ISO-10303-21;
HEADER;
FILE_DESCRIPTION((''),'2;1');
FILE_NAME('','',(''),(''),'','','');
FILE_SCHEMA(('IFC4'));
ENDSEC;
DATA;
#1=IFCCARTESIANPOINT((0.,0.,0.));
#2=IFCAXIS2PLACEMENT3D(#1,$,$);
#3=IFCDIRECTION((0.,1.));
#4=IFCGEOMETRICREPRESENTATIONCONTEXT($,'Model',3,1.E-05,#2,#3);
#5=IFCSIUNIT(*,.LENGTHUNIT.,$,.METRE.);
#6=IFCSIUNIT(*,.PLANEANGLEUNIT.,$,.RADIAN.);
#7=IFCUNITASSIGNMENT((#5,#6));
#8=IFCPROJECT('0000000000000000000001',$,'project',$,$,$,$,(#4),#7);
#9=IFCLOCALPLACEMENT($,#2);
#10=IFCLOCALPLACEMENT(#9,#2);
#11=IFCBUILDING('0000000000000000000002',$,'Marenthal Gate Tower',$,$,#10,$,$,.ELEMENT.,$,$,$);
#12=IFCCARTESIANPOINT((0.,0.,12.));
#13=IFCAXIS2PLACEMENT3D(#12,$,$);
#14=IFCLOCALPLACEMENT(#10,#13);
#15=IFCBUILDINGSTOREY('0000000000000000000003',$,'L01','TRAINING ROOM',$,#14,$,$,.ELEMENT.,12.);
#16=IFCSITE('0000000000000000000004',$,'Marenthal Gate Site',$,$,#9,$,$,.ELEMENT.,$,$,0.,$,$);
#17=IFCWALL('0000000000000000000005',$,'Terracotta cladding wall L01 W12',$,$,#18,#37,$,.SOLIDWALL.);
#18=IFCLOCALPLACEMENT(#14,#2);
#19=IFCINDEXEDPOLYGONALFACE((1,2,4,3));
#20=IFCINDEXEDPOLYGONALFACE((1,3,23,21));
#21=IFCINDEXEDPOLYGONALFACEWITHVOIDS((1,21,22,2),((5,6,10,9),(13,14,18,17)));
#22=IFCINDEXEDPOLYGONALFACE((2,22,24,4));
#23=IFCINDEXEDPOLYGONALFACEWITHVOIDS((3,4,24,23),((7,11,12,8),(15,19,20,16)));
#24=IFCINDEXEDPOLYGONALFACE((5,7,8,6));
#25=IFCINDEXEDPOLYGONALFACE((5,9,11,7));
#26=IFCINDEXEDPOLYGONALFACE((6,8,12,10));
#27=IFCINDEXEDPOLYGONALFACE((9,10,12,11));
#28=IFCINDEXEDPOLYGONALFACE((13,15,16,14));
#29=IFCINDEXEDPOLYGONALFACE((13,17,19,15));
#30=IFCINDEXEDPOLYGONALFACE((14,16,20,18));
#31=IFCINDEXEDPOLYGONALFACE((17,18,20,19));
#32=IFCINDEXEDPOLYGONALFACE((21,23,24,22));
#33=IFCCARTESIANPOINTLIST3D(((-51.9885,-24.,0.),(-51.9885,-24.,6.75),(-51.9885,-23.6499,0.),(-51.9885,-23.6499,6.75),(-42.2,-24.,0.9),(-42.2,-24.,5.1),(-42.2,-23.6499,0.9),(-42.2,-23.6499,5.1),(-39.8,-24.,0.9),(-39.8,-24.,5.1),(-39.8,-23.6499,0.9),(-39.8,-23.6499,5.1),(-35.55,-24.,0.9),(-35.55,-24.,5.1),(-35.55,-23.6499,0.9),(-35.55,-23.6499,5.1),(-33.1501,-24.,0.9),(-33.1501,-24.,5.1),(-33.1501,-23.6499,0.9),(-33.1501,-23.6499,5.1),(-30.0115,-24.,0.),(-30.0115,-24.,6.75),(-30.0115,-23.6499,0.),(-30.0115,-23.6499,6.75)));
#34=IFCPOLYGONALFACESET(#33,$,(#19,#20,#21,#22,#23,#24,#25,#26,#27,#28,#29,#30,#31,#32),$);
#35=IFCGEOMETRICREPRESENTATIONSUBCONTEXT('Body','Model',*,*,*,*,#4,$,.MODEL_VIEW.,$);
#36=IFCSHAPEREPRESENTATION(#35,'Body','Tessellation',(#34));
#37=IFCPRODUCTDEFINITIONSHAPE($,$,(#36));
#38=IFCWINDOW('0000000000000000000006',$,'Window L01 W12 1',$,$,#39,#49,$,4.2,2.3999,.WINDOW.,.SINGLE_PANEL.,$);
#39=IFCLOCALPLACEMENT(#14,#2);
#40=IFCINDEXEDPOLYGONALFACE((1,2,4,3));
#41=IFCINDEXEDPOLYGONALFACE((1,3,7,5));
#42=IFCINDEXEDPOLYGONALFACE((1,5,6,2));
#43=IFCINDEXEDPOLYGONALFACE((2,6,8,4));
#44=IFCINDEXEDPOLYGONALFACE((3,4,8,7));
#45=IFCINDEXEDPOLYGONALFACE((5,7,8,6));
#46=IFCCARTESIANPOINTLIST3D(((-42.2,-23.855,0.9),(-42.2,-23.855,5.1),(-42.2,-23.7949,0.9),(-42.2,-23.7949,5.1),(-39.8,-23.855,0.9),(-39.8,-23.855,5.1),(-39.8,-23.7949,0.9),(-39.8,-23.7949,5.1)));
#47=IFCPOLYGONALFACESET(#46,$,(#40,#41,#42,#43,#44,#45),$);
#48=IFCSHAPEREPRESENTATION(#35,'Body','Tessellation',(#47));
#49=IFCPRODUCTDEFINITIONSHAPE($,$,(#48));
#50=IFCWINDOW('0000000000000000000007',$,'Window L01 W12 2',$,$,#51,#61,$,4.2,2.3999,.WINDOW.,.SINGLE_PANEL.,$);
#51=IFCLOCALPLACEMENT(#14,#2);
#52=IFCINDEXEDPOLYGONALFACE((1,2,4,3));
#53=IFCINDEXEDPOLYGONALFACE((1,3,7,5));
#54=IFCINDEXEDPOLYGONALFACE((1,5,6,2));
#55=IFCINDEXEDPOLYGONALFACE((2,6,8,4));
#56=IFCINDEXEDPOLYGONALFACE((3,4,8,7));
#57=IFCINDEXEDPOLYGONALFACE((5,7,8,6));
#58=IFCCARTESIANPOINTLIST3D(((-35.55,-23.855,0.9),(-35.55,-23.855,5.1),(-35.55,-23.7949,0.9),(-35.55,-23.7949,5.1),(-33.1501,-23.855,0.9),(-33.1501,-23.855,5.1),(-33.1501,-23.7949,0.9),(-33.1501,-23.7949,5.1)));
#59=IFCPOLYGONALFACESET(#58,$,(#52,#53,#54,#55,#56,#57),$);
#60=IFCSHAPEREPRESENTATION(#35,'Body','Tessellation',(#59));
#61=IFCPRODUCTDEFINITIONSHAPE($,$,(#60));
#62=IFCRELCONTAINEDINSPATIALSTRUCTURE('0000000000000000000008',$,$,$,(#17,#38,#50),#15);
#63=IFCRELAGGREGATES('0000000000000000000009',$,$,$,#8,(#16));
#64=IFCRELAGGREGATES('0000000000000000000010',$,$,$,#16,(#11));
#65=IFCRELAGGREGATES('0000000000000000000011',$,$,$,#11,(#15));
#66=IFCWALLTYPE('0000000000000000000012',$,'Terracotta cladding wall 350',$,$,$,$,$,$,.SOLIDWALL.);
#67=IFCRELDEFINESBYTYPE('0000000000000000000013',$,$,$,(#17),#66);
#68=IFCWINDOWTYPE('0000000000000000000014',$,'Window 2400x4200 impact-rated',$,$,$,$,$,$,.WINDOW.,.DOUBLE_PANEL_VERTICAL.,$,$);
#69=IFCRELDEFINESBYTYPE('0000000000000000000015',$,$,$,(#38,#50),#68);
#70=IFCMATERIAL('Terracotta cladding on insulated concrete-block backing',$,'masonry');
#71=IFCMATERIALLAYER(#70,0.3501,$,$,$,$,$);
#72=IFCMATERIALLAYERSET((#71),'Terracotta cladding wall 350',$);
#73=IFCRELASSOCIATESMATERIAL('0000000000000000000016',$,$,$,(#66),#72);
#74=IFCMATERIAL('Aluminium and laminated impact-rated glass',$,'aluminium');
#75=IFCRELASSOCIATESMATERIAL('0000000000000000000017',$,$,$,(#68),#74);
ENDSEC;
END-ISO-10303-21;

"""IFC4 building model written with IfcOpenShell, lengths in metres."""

from ifc_helpers import new_model, si_unit, direction, frame, frame_2d, origin, place, context, subcontext, project, spatial, rectangle, extrude, material, layer, layer_set, type_object, element, fill, save


model = new_model("IFC4")

# Units and contexts
model_context = context("Model", 3, precision=1e-05, world=origin(), true_north=direction((0.0, 1.0)))
body_context = subcontext(model_context, "Body", "Model", "MODEL_VIEW")
ifc_project = project(units=[si_unit("LENGTHUNIT", "METRE"), si_unit("PLANEANGLEUNIT", "RADIAN")], contexts=[model_context])

# Site, building, storey
site_placement = place(None, origin())
site = spatial("IfcSite", under=ifc_project, at=site_placement, Name="Marenthal Gate Site", CompositionType="ELEMENT", RefElevation=0.0)
building_placement = place(site_placement, origin())
building = spatial("IfcBuilding", under=site, at=building_placement, Name="Marenthal Gate Tower", CompositionType="ELEMENT")
storey_placement = place(building_placement, frame((0.0, 0.0, 12.0)))
storey = spatial("IfcBuildingStorey", under=building, at=storey_placement, Name="L01", Description="TRAINING ROOM", CompositionType="ELEMENT", Elevation=12.0)

# Shared definitions
ifc_material_1 = material(Name="Terracotta cladding on insulated concrete-block backing", Category="masonry")
ifc_layer_1 = layer(ifc_material_1, 0.3501)
ifc_layer_set_1 = layer_set([ifc_layer_1], Name="Terracotta cladding wall 350")
wall_type_1 = type_object("IfcWallType", Name="Terracotta cladding wall 350", PredefinedType="SOLIDWALL", material=ifc_layer_set_1)

# Wall, openings, windows
wall_1_placement = place(storey_placement, frame((-51.9885, -23.825, 0.0), z_axis=(0.0, 0.0, 1.0), x_axis=(1.0, 0.0, 0.0)))
wall_1 = element("IfcWall", 1, at=wall_1_placement, inside=storey, type_object=wall_type_1, Name="Terracotta cladding wall L01 W12", PredefinedType="SOLIDWALL", context=body_context, shape_type="SweptSolid", body=[
    extrude(rectangle(XDim=21.9771, YDim=0.3501, at=frame_2d((10.9885, 0.0))), origin(), (0.0, 0.0, 1.0), 6.75),
])
opening_1_placement = place(wall_1_placement, frame((9.7886, 0.0, 0.8999)))
opening_1 = element("IfcOpeningElement", 2, at=opening_1_placement, cuts=wall_1, PredefinedType="OPENING", context=body_context, shape_type="SweptSolid", body=[
    extrude(rectangle(XDim=2.3999, YDim=4.2, at=frame_2d((1.2, 2.1001))), frame((0.0, 0.1851, 0.0), z_axis=(0.0, -1.0, 0.0), x_axis=(1.0, 0.0, 0.0)), (0.0, 0.0, 1.0), 0.3701),
])
opening_2_placement = place(wall_1_placement, frame((16.4385, 0.0, 0.8999)))
opening_2 = element("IfcOpeningElement", 3, at=opening_2_placement, cuts=wall_1, PredefinedType="OPENING", context=body_context, shape_type="SweptSolid", body=[
    extrude(rectangle(XDim=2.3999, YDim=4.2, at=frame_2d((1.2, 2.1001))), frame((0.0, 0.1851, 0.0), z_axis=(0.0, -1.0, 0.0), x_axis=(1.0, 0.0, 0.0)), (0.0, 0.0, 1.0), 0.3701),
])
ifc_material_2 = material(Name="Aluminium and laminated impact-rated glass", Category="aluminium")
window_type = type_object("IfcWindowType", Name="Window 2400x4200 impact-rated", PartitioningType="DOUBLE_PANEL_VERTICAL", PredefinedType="WINDOW", material=ifc_material_2)
window_1_placement = place(opening_1_placement, origin())
window_1 = element("IfcWindow", 4, at=window_1_placement, inside=storey, type_object=window_type, Name="Window L01 W12 1", OverallHeight=4.2, OverallWidth=2.3999, PartitioningType="SINGLE_PANEL", PredefinedType="WINDOW", context=body_context, shape_type="SweptSolid", body=[
    extrude(rectangle(XDim=2.3999, YDim=4.2, at=frame_2d((1.2, 2.1001))), frame((0.0, 0.03, 0.0), z_axis=(0.0, -1.0, 0.0), x_axis=(1.0, 0.0, 0.0)), (0.0, 0.0, 1.0), 0.0601),
])
fill(opening_1, window_1)
window_2_placement = place(opening_2_placement, origin())
window_2 = element("IfcWindow", 5, at=window_2_placement, inside=storey, type_object=window_type, Name="Window L01 W12 2", OverallHeight=4.2, OverallWidth=2.3999, PartitioningType="SINGLE_PANEL", PredefinedType="WINDOW", context=body_context, shape_type="SweptSolid", body=[
    extrude(rectangle(XDim=2.3999, YDim=4.2, at=frame_2d((1.2, 2.1001))), frame((0.0, 0.03, 0.0), z_axis=(0.0, -1.0, 0.0), x_axis=(1.0, 0.0, 0.0)), (0.0, 0.0, 1.0), 0.0601),
])
fill(opening_2, window_2)

save(model, "model.ifc")
